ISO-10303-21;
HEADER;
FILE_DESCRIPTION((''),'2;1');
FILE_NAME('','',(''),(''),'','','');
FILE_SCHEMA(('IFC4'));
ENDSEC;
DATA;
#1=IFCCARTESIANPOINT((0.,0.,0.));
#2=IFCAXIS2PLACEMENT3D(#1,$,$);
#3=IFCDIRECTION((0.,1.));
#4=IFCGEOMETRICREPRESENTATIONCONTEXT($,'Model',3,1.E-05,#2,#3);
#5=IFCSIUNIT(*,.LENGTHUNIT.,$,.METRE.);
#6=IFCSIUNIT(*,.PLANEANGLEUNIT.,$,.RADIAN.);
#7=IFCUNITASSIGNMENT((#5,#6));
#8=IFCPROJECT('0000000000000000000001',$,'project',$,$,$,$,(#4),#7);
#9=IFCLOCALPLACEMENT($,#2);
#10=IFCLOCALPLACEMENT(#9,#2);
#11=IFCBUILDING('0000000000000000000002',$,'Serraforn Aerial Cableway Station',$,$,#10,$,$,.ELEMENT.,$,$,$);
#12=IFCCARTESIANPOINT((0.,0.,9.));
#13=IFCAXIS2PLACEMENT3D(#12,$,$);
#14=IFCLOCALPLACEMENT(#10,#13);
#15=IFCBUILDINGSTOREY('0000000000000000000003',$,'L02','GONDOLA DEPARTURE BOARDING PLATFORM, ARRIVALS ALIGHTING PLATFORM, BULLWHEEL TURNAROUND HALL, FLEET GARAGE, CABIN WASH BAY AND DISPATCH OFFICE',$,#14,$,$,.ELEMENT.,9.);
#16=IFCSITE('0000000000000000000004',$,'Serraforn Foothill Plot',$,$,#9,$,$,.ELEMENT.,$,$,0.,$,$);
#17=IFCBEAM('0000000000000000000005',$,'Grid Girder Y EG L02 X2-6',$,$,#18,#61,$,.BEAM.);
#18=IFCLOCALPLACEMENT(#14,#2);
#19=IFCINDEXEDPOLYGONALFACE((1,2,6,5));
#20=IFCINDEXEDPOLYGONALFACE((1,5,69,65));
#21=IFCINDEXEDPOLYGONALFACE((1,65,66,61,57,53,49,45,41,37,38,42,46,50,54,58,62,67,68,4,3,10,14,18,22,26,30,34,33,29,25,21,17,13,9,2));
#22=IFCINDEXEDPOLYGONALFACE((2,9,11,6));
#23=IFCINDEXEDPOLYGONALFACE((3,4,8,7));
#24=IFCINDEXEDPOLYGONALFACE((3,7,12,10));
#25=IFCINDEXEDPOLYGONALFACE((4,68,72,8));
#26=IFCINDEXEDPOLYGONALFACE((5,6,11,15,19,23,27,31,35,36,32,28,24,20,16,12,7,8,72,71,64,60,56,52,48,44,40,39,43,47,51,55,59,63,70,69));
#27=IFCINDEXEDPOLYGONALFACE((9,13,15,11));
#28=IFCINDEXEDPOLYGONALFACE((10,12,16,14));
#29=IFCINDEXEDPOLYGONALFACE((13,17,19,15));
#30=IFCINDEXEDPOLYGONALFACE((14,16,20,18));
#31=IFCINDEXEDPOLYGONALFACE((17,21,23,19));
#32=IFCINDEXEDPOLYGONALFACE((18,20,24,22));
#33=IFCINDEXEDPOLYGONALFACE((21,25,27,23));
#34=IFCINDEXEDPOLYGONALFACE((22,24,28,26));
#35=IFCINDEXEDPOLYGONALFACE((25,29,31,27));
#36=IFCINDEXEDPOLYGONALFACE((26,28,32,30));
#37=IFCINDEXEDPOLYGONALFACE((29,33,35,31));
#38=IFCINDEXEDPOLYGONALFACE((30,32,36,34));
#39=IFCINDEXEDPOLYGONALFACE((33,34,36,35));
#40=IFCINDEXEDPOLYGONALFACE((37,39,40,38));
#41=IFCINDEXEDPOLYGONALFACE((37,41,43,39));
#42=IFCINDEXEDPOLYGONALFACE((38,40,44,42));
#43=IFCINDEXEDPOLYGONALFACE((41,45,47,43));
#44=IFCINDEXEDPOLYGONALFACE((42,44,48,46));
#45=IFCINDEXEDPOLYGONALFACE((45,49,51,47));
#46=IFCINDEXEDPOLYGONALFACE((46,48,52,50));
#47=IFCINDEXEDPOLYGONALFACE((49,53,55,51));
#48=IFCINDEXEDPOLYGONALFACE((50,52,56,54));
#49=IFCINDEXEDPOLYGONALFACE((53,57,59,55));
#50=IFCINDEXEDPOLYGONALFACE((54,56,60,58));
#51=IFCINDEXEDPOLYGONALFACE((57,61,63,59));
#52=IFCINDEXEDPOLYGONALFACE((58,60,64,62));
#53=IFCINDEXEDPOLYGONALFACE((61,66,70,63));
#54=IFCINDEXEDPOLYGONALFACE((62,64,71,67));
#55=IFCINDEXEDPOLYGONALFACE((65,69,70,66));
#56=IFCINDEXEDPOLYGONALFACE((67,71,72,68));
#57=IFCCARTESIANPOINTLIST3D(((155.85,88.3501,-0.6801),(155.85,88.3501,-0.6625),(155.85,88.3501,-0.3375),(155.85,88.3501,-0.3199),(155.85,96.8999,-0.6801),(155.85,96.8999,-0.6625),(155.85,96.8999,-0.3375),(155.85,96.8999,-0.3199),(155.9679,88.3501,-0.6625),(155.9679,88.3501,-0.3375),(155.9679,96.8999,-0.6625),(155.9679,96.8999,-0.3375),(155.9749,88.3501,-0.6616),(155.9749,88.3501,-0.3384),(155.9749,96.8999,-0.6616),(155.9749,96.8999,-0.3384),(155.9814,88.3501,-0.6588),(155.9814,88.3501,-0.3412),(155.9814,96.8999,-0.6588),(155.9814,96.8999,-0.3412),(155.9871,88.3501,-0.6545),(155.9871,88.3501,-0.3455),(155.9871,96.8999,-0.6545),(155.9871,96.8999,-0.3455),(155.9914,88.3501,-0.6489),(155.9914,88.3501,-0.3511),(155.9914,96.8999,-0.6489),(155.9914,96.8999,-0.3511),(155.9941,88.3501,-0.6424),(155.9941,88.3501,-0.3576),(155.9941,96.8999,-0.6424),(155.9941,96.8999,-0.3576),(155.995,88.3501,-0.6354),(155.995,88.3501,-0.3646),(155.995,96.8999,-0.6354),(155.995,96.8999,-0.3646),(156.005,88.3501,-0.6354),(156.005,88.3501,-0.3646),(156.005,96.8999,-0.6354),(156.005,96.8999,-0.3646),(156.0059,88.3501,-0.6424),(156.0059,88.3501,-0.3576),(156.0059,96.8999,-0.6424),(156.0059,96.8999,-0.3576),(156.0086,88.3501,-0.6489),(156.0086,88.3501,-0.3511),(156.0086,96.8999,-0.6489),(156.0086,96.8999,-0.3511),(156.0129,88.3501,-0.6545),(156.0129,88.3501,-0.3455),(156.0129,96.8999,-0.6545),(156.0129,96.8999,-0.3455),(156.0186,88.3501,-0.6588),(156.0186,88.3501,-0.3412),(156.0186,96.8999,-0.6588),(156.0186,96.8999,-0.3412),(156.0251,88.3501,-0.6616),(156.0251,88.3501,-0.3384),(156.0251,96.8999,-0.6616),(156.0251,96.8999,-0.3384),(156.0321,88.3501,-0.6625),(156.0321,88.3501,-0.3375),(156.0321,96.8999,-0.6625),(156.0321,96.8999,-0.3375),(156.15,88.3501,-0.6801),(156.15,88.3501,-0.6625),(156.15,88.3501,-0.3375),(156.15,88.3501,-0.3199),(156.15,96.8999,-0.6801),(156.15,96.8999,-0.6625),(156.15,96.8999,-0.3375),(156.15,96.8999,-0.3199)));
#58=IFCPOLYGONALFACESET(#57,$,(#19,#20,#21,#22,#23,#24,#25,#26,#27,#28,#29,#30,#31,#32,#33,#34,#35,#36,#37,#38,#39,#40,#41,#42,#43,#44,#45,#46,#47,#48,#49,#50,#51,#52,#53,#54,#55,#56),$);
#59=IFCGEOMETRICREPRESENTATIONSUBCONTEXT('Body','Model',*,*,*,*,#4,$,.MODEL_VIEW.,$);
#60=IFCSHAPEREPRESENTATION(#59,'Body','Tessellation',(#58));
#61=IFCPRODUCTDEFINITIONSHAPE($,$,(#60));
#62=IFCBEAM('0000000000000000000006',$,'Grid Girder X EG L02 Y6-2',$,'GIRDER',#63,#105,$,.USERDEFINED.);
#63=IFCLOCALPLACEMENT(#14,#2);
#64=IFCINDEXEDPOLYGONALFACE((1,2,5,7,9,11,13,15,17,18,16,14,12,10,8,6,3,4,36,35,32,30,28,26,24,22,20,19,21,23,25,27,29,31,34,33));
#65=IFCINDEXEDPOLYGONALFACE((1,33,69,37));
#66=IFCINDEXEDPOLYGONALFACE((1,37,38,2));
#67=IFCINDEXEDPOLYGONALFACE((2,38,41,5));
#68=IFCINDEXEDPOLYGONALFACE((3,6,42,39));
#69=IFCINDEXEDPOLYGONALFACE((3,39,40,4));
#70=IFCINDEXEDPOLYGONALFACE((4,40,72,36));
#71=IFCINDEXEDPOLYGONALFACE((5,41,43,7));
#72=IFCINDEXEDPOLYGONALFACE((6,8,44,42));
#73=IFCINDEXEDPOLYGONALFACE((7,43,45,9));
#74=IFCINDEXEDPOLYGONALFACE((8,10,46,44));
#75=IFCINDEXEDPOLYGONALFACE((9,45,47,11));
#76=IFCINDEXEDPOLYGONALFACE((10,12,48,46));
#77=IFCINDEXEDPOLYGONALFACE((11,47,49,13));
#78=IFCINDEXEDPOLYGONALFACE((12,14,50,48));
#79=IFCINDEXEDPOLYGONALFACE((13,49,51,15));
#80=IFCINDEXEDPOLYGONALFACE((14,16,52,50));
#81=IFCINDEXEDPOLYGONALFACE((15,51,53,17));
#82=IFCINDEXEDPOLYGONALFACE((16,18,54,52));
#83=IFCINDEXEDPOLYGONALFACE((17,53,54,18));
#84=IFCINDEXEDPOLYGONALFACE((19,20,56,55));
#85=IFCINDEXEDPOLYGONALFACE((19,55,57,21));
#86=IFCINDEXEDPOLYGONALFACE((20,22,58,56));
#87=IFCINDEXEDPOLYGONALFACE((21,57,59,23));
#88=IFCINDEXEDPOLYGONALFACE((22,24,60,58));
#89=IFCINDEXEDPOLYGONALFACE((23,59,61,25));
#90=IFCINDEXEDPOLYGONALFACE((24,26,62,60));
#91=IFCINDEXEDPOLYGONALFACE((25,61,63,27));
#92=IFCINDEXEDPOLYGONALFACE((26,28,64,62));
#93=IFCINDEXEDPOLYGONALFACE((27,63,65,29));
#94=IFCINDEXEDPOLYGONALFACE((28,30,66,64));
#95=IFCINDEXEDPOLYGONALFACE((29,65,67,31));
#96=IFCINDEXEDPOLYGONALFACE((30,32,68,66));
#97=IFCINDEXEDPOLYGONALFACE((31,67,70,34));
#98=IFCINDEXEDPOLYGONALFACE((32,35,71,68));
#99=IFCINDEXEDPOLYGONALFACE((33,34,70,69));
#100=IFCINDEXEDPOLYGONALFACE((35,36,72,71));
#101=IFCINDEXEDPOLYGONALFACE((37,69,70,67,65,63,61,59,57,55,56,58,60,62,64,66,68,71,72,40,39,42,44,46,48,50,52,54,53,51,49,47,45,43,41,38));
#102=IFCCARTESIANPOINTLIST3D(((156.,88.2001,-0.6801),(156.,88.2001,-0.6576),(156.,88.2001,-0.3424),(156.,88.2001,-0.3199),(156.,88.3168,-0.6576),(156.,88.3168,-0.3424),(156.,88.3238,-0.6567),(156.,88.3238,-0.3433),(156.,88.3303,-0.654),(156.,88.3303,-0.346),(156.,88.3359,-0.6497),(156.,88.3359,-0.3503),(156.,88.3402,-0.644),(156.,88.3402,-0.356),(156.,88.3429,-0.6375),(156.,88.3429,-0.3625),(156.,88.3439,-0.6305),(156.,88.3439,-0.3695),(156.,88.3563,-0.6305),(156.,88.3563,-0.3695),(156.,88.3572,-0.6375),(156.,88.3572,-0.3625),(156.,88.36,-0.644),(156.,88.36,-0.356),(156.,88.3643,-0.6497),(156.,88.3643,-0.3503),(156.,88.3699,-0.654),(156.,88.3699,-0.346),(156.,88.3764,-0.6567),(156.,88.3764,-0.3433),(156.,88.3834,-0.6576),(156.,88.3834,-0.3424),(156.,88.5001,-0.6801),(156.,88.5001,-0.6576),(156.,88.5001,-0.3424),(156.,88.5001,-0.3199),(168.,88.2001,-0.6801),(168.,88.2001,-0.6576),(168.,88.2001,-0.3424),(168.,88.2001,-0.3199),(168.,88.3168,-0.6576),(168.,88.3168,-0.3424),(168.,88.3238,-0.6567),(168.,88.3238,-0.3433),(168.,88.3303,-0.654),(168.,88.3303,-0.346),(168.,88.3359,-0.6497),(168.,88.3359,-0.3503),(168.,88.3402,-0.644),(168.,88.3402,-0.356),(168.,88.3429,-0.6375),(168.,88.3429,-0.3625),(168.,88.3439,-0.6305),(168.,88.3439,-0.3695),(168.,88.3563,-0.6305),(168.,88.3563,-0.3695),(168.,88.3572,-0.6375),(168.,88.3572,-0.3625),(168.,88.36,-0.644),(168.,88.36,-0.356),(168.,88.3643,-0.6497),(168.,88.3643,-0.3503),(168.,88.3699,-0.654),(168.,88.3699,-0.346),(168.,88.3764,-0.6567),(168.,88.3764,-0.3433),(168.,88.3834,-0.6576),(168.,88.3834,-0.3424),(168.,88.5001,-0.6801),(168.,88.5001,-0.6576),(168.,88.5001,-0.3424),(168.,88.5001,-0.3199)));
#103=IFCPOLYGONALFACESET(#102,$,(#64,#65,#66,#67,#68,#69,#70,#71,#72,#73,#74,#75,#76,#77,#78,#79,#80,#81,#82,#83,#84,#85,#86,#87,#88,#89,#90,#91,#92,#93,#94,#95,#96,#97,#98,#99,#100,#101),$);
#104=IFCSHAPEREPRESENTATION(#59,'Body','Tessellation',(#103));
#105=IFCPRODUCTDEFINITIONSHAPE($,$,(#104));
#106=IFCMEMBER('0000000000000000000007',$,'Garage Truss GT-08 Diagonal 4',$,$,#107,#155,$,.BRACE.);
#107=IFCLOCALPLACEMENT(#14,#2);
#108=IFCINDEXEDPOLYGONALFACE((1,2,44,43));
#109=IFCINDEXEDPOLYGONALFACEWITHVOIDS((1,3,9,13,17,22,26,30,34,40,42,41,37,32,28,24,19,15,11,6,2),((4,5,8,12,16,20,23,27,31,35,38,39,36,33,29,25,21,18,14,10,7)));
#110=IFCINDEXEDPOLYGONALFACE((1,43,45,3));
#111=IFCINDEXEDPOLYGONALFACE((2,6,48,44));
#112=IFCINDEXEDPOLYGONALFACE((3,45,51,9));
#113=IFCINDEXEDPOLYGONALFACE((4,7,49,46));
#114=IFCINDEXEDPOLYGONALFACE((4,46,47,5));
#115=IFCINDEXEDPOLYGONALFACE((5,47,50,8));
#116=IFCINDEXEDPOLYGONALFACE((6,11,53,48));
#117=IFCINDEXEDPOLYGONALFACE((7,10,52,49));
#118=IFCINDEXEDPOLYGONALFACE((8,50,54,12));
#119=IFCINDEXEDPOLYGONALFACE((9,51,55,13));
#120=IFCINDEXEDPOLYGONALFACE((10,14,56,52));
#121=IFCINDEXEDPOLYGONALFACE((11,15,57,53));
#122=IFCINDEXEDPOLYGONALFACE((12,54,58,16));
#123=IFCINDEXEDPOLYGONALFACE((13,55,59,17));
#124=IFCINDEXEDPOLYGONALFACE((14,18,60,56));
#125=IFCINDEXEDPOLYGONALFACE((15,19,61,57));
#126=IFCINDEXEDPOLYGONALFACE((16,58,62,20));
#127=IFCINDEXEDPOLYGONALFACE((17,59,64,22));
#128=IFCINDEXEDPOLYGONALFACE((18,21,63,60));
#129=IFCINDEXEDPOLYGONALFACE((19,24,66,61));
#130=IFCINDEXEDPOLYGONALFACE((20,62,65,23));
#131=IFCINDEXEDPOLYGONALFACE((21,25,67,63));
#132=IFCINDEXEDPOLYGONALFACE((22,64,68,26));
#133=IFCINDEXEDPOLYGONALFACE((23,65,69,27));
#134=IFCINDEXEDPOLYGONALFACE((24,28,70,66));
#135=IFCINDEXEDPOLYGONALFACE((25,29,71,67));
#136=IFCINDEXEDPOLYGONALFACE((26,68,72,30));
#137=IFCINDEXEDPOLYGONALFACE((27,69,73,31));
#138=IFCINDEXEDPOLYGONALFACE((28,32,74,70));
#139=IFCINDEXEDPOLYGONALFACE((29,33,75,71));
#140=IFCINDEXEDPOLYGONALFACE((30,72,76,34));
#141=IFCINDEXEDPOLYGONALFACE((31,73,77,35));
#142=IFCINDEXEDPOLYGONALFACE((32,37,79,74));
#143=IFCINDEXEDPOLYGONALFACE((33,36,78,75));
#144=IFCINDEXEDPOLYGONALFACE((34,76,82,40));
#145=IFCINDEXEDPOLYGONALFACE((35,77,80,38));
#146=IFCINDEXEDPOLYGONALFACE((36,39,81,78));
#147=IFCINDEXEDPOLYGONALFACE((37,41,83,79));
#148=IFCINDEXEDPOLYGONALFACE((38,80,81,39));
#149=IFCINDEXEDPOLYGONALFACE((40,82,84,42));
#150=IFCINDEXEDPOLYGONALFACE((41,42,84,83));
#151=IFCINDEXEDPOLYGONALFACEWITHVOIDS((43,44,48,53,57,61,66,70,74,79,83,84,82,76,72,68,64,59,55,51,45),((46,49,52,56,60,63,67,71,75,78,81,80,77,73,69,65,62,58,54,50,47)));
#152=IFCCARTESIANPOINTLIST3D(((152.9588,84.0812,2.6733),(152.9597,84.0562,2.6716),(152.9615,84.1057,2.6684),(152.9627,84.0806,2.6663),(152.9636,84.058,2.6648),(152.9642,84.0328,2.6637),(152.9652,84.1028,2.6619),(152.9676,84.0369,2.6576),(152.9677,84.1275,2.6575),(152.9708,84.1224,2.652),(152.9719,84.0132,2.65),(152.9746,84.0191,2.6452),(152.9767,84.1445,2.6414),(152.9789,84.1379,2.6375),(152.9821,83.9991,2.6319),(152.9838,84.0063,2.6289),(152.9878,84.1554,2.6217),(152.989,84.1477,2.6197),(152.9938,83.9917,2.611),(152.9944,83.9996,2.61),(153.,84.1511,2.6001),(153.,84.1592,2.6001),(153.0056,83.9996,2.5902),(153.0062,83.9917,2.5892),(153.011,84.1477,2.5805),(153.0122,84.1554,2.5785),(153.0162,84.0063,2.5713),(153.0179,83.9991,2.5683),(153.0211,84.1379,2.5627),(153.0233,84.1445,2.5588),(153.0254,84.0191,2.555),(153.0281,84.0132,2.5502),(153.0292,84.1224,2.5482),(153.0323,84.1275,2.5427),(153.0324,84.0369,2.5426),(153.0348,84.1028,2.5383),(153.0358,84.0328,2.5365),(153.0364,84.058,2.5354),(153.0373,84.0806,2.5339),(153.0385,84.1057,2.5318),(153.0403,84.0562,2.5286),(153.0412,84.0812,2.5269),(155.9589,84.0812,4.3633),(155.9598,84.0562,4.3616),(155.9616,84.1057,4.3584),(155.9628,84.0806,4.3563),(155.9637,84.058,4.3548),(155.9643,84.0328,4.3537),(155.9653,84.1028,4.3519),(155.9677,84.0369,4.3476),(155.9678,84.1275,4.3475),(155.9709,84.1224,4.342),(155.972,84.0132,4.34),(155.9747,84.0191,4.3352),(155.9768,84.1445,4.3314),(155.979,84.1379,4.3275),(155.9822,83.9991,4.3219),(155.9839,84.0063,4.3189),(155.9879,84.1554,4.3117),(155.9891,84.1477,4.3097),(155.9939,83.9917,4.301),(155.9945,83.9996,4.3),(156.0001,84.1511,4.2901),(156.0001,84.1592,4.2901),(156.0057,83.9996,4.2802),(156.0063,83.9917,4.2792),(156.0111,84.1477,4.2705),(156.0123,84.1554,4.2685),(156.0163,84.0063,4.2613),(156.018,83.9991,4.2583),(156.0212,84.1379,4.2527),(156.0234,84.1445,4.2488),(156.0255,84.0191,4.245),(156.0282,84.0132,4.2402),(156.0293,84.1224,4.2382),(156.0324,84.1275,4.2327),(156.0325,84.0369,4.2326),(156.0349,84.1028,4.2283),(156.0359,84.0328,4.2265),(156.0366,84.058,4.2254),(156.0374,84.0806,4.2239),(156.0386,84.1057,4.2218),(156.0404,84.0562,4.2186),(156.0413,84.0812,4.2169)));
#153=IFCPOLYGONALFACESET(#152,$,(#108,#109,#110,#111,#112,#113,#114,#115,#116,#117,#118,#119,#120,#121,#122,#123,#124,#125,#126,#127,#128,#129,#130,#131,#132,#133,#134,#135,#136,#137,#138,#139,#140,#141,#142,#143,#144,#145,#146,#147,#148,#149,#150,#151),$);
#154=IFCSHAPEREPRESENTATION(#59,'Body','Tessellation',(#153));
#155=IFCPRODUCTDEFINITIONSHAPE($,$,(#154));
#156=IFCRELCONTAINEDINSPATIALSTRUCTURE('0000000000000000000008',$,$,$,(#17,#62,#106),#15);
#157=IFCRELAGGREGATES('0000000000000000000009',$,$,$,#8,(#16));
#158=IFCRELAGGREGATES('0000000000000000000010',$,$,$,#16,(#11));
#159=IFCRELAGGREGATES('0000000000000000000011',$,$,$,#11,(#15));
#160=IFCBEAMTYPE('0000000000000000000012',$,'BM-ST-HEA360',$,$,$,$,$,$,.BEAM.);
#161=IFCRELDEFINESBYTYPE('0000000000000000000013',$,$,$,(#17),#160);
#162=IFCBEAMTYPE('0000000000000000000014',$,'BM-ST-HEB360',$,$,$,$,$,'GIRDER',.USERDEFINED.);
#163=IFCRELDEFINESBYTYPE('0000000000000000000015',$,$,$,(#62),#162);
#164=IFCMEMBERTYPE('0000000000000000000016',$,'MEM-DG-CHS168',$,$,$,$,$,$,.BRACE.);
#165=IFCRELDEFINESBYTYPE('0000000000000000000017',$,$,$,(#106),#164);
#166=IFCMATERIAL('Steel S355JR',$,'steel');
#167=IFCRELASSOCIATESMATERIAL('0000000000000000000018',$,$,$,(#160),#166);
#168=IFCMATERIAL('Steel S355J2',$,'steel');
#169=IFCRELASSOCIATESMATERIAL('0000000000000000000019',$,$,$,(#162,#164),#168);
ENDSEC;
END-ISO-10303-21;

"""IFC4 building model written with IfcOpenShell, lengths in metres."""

from ifc_helpers import new_model, si_unit, direction, frame, origin, origin_2d, place, context, subcontext, project, spatial, hollow_circle, i_section, extrude, material, material_profile, profile_set, type_object, element, save


model = new_model("IFC4")

# Units and contexts
model_context = context("Model", 3, precision=1e-05, world=origin(), true_north=direction((0.0, 1.0)))
body_context = subcontext(model_context, "Body", "Model", "MODEL_VIEW")
ifc_project = project(units=[si_unit("LENGTHUNIT", "METRE"), si_unit("PLANEANGLEUNIT", "RADIAN")], contexts=[model_context])

# Site, building, storey
site_placement = place(None, origin())
site = spatial("IfcSite", under=ifc_project, at=site_placement, Name="Serraforn Foothill Plot", CompositionType="ELEMENT", RefElevation=0.0)
building_placement = place(site_placement, origin())
building = spatial("IfcBuilding", under=site, at=building_placement, Name="Serraforn Aerial Cableway Station", CompositionType="ELEMENT")
storey_placement = place(building_placement, frame((0.0, 0.0, 9.0)))
storey = spatial("IfcBuildingStorey", under=building, at=storey_placement, Name="L02", Description="GONDOLA DEPARTURE BOARDING PLATFORM, ARRIVALS ALIGHTING PLATFORM, BULLWHEEL TURNAROUND HALL, FLEET GARAGE, CABIN WASH BAY AND DISPATCH OFFICE", CompositionType="ELEMENT", Elevation=9.0)

# Beams
ifc_material_1 = material(Name="Steel S355JR", Category="steel")
ifc_material_profile_1 = material_profile(ifc_material_1, i_section(OverallWidth=0.3, OverallDepth=0.3601, WebThickness=0.01, FlangeThickness=0.0176, FilletRadius=0.0271, at=origin_2d()), Name="HEA 360")
ifc_profile_set_1 = profile_set([ifc_material_profile_1], Name="Steel S355JR")
beam_type_1 = type_object("IfcBeamType", Name="BM-ST-HEA360", PredefinedType="BEAM", material=ifc_profile_set_1)
beam_1_placement = place(storey_placement, frame((156.0, 88.3501, -0.5), z_axis=(0.0, 1.0, 0.0), x_axis=(-1.0, 0.0, 0.0)))
element("IfcBeam", 1, at=beam_1_placement, inside=storey, type_object=beam_type_1, Name="Grid Girder Y EG L02 X2-6", PredefinedType="BEAM", context=body_context, shape_type="SweptSolid", body=[
    extrude(i_section(OverallWidth=0.3, OverallDepth=0.3601, WebThickness=0.01, FlangeThickness=0.0176, FilletRadius=0.0271, at=origin_2d()), origin(), (0.0, 0.0, 1.0), 8.5498),
])
ifc_material_2 = material(Name="Steel S355J2", Category="steel")
ifc_material_profile_2 = material_profile(ifc_material_2, i_section(OverallWidth=0.3, OverallDepth=0.3601, WebThickness=0.0125, FlangeThickness=0.0225, FilletRadius=0.0271, at=origin_2d()), Name="HEB 360")
ifc_profile_set_2 = profile_set([ifc_material_profile_2], Name="Steel S355J2")
beam_type_2 = type_object("IfcBeamType", Name="BM-ST-HEB360", ElementType="GIRDER", PredefinedType="USERDEFINED", material=ifc_profile_set_2)
beam_2_placement = place(storey_placement, frame((156.0, 88.3501, -0.5), z_axis=(1.0, 0.0, 0.0), x_axis=(0.0, 1.0, 0.0)))
element("IfcBeam", 2, at=beam_2_placement, inside=storey, type_object=beam_type_2, Name="Grid Girder X EG L02 Y6-2", ObjectType="GIRDER", PredefinedType="USERDEFINED", context=body_context, shape_type="SweptSolid", body=[
    extrude(i_section(OverallWidth=0.3, OverallDepth=0.3601, WebThickness=0.0125, FlangeThickness=0.0225, FilletRadius=0.0271, at=origin_2d()), origin(), (0.0, 0.0, 1.0), 12.0),
])

# Member
ifc_material_profile_3 = material_profile(ifc_material_2, hollow_circle(Radius=0.0842, WallThickness=0.0081, at=origin_2d()), Name="CHS 168.3x8.0")
ifc_profile_set_3 = profile_set([ifc_material_profile_3], Name="Steel S355J2")
member_type_1 = type_object("IfcMemberType", Name="MEM-DG-CHS168", PredefinedType="BRACE", material=ifc_profile_set_3)
for number, where, z_axis, x_axis, name in (
    (3, (153.0, 84.075, 2.6001), (0.871272, 0.0, 0.4908), (0.0, 1.0, 0.0), "Garage Truss GT-08 Diagonal 4"),
):
    element("IfcMember", number, at=place(storey_placement, frame(where, z_axis=z_axis, x_axis=x_axis)), inside=storey, type_object=member_type_1, Name=name, PredefinedType="BRACE", context=body_context, shape_type="SweptSolid", body=[
        extrude(hollow_circle(Radius=0.0842, WallThickness=0.0081, at=origin_2d()), origin(), (0.0, 0.0, 1.0), 3.4434),
    ])

save(model, "model.ifc")
